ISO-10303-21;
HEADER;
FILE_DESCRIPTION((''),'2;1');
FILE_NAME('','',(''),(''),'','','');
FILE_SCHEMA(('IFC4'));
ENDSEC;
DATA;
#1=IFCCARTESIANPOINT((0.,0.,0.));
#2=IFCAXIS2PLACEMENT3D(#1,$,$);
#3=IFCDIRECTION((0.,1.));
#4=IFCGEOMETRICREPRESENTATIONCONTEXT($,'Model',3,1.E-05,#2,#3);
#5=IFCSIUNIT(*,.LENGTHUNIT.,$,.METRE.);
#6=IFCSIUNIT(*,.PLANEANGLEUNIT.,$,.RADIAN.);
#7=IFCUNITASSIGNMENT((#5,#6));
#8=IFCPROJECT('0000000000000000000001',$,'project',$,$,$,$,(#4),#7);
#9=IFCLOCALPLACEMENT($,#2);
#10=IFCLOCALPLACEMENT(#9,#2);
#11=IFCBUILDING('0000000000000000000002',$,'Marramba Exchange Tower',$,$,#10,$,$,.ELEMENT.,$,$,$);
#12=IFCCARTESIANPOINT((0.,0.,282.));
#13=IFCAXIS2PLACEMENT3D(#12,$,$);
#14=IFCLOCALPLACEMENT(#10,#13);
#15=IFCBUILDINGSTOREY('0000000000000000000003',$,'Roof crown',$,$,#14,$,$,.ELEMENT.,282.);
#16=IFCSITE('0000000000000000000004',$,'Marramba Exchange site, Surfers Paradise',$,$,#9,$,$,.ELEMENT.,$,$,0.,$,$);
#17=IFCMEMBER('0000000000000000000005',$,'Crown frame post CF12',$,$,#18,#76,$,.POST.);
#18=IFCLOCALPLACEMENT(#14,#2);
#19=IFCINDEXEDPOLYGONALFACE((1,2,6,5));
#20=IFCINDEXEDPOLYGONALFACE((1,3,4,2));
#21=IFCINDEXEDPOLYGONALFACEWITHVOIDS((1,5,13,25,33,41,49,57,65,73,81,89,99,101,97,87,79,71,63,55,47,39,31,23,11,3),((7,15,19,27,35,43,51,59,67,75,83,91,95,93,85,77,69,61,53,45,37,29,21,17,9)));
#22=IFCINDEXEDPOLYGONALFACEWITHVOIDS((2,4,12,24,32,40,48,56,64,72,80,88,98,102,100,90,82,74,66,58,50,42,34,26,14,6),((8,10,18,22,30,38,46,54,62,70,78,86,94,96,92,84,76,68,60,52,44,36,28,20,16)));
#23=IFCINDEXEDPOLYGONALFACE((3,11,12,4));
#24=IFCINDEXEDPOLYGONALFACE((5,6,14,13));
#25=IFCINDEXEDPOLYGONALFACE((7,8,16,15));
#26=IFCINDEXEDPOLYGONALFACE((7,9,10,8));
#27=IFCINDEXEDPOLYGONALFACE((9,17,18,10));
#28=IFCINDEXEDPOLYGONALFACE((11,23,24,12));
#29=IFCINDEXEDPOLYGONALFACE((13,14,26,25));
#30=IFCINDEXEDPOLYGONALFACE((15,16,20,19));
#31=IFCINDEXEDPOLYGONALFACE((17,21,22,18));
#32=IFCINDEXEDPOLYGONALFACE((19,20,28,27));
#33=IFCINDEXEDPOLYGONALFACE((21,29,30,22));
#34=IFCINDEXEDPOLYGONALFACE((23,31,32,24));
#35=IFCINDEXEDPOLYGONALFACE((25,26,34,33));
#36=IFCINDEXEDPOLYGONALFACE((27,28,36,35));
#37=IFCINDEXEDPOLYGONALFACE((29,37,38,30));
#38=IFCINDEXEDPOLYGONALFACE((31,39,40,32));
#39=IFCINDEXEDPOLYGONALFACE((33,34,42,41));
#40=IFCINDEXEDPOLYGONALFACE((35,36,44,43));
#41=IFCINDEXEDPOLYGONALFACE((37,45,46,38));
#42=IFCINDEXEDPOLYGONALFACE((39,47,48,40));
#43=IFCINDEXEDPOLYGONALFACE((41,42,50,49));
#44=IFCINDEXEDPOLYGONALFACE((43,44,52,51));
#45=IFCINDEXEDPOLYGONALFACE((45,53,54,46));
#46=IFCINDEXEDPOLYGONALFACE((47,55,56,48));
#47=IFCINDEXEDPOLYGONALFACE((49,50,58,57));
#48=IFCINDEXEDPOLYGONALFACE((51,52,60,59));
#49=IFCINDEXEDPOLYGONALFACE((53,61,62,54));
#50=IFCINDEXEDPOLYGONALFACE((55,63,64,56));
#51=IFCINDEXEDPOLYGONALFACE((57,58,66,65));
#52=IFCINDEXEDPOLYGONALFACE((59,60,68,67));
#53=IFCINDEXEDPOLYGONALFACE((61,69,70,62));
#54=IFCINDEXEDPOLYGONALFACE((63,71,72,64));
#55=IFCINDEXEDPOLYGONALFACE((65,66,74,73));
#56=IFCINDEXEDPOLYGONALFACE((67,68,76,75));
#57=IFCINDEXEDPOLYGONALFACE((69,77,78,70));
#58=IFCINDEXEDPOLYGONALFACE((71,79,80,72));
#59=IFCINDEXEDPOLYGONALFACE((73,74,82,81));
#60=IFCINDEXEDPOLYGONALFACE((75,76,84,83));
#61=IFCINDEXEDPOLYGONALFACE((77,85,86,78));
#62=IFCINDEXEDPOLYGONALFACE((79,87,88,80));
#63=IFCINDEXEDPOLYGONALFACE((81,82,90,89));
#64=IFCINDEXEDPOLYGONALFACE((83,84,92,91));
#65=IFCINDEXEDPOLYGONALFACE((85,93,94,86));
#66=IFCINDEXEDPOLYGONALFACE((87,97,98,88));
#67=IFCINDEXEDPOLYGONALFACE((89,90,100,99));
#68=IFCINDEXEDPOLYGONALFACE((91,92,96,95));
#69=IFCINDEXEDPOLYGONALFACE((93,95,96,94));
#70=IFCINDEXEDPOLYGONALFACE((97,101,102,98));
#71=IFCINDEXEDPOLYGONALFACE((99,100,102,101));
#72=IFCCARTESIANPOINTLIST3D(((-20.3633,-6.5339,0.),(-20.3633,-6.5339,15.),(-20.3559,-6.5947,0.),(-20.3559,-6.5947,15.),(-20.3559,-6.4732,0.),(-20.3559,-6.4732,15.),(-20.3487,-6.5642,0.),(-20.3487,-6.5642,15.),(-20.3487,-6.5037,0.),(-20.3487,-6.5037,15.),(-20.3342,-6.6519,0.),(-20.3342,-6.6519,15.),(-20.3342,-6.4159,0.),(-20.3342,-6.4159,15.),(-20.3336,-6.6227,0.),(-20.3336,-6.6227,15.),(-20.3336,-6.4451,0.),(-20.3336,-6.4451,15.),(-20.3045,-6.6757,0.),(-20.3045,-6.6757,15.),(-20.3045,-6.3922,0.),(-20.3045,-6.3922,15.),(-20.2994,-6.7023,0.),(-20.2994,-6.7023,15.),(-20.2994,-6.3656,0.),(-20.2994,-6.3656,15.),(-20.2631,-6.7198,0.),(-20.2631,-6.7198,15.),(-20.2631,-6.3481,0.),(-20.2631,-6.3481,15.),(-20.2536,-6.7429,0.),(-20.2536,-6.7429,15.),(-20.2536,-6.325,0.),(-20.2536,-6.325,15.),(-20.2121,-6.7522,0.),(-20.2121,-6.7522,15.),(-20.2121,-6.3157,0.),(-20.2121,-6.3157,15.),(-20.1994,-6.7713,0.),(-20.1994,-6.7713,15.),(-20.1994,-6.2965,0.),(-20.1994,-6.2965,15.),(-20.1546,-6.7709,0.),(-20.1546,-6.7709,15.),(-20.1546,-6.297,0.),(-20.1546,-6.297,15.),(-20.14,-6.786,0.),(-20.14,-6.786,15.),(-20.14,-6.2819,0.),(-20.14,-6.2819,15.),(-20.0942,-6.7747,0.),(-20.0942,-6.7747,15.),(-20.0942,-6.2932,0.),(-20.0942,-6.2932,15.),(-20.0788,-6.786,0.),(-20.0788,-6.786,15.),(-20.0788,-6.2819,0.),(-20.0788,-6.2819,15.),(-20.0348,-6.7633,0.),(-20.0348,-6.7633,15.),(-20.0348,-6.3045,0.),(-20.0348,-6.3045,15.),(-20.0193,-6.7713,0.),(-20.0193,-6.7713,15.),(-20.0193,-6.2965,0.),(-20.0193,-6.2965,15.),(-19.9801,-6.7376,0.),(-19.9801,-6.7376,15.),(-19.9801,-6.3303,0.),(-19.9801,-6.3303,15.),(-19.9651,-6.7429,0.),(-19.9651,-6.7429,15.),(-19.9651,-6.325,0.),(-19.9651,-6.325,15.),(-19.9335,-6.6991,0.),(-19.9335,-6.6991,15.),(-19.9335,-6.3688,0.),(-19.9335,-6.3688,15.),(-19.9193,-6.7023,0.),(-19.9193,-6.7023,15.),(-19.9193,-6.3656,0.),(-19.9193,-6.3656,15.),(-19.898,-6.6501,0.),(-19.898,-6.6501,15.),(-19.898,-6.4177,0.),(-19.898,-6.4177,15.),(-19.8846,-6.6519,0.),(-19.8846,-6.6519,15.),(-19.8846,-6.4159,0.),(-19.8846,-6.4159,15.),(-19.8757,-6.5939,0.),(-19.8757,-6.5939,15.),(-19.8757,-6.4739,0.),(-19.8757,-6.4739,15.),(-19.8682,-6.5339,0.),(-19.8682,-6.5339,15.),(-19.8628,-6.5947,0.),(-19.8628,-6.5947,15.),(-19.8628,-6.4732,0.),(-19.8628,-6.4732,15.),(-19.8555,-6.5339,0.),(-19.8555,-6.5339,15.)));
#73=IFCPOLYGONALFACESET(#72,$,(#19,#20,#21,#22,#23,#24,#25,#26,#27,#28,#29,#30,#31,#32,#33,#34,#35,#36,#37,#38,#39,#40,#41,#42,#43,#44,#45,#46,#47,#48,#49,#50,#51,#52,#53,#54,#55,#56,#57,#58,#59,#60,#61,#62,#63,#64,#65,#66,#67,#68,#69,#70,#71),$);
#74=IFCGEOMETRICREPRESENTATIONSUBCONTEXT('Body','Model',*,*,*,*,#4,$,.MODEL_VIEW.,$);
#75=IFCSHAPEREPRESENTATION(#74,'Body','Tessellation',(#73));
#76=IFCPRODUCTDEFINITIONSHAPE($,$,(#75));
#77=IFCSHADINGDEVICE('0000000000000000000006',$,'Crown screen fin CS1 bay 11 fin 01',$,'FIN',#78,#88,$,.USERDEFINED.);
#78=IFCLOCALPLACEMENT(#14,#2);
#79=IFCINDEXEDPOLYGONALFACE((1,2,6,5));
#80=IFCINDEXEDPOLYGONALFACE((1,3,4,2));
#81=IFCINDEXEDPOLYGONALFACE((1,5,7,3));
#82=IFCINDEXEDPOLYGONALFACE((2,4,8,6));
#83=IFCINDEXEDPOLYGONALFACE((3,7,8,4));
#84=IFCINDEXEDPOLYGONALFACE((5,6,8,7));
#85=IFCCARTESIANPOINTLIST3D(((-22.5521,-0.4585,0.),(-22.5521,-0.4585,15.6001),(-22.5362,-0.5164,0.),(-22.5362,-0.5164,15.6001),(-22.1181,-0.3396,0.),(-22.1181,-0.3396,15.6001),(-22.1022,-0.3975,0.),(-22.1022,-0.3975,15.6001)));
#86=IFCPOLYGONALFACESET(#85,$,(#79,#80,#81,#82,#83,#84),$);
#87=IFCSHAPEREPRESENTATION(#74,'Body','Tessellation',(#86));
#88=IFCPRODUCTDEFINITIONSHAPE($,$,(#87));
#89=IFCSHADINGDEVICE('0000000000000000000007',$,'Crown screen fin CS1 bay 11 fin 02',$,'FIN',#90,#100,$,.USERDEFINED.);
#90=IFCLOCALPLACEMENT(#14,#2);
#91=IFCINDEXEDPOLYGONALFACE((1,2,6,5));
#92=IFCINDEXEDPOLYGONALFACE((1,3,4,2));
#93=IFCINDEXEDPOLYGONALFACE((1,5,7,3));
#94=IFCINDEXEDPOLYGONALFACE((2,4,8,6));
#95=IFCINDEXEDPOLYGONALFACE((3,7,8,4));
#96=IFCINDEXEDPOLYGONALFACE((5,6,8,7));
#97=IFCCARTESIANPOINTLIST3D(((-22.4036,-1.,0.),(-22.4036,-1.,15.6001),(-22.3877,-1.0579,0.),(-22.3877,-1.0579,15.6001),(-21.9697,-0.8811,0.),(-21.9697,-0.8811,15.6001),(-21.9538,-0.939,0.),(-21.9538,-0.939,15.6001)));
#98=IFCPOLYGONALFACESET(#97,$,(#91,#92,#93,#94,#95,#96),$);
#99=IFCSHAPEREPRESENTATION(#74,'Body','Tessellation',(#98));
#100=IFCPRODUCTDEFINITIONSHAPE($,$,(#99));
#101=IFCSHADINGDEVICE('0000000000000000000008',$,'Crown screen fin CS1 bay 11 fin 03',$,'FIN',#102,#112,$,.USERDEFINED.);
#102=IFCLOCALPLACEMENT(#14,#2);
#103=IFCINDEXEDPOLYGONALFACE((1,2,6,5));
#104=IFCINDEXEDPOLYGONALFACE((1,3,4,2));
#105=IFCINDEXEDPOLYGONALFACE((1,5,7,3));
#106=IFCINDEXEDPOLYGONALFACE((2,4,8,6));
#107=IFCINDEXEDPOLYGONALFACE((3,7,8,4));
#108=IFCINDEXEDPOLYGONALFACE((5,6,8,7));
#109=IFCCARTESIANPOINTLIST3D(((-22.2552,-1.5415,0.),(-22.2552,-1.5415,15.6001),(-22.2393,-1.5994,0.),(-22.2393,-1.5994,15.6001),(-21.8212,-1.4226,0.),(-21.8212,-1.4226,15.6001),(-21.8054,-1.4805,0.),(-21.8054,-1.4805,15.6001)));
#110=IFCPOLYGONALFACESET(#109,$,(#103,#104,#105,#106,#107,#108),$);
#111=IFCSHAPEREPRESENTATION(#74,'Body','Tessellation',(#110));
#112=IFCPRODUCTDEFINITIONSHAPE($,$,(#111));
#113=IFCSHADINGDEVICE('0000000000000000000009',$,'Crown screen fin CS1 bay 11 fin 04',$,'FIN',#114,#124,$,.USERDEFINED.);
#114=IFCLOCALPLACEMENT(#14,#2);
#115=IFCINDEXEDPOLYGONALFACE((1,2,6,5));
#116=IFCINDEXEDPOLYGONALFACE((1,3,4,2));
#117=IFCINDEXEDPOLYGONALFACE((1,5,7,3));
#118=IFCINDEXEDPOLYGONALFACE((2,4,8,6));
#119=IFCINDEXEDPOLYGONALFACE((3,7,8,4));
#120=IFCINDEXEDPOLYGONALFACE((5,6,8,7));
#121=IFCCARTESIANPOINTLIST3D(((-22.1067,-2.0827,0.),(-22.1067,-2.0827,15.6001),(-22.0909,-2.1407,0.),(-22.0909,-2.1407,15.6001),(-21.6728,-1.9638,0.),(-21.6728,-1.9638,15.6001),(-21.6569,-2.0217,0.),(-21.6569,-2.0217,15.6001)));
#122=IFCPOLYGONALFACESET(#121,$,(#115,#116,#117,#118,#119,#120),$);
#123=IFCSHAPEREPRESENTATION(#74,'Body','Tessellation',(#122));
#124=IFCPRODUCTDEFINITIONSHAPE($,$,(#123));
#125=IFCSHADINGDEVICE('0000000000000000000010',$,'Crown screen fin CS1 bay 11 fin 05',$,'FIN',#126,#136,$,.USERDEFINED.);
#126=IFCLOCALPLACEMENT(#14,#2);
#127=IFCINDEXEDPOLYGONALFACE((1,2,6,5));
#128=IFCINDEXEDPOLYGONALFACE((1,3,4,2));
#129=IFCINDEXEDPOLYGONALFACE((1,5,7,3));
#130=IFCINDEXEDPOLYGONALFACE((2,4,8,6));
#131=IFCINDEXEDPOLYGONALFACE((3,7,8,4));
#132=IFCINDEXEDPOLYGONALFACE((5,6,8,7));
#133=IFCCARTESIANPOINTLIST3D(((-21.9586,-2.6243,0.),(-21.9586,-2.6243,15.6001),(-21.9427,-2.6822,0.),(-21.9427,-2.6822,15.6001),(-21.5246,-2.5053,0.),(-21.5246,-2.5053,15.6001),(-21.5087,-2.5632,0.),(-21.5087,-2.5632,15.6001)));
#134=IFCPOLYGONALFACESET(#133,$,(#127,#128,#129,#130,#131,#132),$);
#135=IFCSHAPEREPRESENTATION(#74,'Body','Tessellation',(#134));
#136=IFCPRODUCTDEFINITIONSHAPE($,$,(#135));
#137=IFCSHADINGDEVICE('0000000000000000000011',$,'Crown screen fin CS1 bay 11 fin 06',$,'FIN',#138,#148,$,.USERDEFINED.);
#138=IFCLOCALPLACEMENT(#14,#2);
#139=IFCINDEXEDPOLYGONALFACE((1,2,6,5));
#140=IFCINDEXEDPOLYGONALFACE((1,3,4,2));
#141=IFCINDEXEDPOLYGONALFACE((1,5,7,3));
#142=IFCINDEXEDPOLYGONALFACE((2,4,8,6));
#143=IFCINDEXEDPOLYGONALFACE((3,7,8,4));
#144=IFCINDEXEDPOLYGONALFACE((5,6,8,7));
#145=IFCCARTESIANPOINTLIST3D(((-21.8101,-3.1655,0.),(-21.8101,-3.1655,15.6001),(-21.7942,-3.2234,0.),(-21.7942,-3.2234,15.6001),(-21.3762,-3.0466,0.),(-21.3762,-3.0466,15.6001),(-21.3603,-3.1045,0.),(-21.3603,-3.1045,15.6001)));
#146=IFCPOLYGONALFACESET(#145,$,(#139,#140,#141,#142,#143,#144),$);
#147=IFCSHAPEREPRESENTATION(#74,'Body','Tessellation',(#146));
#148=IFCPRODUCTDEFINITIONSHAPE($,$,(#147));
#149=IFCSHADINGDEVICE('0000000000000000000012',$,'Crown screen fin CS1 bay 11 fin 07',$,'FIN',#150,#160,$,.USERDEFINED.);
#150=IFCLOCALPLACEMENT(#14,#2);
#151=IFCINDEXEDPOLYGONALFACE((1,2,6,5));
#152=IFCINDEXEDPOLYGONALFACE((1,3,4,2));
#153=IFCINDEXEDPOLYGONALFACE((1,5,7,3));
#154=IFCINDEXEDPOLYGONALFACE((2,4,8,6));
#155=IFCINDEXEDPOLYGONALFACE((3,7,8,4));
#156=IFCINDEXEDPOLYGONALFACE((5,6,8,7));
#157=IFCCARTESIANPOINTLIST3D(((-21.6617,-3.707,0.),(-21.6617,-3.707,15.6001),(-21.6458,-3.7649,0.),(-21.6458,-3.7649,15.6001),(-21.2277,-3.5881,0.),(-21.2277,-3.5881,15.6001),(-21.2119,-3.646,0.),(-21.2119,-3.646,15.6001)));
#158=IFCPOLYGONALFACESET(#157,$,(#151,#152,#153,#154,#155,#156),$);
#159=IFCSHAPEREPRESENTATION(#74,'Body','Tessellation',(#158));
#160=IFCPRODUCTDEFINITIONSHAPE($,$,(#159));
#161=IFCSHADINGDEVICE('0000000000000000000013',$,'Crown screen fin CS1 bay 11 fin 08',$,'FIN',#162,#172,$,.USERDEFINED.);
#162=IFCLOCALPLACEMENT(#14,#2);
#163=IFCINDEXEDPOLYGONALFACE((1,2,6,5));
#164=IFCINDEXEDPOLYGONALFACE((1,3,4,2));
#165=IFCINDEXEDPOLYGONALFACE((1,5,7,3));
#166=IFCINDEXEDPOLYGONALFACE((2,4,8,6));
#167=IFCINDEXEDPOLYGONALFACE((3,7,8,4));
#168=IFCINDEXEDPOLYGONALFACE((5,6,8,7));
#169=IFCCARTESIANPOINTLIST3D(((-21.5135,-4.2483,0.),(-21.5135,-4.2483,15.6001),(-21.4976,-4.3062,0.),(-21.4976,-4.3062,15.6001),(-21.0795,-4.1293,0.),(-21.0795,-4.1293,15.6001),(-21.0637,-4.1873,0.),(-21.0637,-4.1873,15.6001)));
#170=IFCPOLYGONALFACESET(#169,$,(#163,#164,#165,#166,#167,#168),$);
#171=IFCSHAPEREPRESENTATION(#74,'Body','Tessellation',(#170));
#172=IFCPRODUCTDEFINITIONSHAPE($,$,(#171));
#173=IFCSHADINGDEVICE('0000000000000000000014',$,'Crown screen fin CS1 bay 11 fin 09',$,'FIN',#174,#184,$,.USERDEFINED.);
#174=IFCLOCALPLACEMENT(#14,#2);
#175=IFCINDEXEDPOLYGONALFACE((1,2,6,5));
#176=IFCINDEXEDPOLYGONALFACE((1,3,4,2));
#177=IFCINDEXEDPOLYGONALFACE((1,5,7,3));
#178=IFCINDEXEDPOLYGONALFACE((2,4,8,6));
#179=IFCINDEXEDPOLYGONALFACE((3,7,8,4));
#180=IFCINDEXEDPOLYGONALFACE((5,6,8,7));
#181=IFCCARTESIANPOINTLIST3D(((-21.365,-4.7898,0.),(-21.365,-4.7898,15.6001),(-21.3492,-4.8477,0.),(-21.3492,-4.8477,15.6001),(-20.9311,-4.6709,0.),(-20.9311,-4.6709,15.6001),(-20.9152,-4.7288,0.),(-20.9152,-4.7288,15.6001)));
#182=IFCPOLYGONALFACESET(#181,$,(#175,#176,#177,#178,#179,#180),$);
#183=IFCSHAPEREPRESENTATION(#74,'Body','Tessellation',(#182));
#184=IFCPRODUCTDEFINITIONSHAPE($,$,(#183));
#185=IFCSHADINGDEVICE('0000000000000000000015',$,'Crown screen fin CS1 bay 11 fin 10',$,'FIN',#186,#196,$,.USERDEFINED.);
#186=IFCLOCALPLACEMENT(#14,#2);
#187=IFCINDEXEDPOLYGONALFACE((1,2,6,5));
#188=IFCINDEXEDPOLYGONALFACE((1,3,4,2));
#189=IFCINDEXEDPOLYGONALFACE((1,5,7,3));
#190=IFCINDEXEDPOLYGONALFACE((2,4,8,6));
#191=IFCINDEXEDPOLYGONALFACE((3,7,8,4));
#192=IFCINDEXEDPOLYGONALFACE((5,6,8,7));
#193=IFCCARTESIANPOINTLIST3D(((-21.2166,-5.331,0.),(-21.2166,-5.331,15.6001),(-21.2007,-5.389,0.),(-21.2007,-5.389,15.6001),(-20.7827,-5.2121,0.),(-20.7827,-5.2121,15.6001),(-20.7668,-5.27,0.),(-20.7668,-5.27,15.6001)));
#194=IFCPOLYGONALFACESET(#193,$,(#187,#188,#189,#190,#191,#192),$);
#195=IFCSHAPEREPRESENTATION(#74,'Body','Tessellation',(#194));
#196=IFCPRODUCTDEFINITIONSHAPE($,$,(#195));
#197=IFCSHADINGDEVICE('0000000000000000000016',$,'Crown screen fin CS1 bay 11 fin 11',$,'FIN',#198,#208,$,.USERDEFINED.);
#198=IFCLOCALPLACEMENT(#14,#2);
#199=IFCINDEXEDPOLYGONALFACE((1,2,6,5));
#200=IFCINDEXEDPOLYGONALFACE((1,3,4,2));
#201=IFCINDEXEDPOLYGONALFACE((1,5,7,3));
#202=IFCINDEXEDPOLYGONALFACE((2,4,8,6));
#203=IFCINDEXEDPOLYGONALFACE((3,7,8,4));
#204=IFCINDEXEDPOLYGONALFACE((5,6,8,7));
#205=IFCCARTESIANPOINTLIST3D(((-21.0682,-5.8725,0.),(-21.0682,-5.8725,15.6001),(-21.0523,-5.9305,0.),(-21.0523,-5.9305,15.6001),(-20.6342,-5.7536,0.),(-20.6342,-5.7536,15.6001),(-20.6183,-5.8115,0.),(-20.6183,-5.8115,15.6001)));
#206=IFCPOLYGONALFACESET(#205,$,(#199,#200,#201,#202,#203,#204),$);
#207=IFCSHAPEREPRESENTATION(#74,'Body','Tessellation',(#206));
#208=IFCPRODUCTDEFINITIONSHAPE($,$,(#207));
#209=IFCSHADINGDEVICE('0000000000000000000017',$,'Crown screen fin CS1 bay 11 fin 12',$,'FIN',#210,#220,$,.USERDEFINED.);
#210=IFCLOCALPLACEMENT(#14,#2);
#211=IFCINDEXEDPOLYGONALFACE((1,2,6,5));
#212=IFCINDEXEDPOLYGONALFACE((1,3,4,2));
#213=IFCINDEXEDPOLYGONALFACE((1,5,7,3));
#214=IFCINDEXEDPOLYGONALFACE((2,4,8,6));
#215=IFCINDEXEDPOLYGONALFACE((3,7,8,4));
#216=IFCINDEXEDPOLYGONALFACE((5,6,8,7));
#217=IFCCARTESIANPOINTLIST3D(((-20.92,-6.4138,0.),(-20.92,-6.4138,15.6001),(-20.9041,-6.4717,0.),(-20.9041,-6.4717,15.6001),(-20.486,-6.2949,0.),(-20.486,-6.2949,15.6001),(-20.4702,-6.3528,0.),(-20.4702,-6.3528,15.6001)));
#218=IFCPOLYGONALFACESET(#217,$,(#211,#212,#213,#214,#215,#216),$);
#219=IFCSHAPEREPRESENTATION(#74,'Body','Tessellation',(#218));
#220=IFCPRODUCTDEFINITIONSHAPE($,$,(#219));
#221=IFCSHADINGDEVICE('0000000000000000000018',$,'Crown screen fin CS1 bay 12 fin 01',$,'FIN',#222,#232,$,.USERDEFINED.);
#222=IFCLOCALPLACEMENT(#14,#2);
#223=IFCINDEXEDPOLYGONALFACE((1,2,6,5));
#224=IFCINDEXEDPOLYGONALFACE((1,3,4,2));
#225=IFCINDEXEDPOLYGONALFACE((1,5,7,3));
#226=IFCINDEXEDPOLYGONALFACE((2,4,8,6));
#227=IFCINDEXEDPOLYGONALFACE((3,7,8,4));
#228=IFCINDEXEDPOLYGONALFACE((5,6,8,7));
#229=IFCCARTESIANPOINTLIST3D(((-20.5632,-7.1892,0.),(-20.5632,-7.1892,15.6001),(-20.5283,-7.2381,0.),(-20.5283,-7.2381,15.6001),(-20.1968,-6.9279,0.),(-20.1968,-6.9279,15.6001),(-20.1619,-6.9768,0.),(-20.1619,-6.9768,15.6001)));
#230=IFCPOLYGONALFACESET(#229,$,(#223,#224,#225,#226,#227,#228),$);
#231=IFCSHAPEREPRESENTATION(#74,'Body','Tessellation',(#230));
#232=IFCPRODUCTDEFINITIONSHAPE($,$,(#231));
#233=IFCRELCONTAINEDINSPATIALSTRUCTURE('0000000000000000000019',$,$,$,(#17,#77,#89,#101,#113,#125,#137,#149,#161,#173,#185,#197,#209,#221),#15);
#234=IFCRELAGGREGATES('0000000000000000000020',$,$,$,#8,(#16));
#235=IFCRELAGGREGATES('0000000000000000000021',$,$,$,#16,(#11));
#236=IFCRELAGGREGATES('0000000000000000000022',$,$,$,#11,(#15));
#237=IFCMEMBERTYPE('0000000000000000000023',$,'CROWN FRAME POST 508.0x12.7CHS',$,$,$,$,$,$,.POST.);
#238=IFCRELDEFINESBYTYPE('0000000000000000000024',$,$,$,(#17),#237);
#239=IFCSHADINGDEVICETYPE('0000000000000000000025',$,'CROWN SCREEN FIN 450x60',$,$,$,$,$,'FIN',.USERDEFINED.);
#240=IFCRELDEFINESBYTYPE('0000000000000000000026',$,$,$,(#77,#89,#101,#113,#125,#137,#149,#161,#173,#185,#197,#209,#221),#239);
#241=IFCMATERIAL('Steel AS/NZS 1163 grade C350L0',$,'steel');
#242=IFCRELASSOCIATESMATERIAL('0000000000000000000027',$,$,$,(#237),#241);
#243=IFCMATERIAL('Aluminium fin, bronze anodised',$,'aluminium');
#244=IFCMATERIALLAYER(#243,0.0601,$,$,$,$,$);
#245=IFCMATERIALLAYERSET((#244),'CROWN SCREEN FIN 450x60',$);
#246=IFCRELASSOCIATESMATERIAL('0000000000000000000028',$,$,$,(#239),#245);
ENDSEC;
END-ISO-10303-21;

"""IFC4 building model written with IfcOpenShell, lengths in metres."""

from ifc_helpers import new_model, si_unit, direction, frame, origin, origin_2d, place, context, subcontext, project, spatial, rectangle, hollow_circle, extrude, material, layer, layer_set, material_profile, profile_set, type_object, element, save


model = new_model("IFC4")

# Units and contexts
model_context = context("Model", 3, precision=1e-05, world=origin(), true_north=direction((0.0, 1.0)))
body_context = subcontext(model_context, "Body", "Model", "MODEL_VIEW")
ifc_project = project(units=[si_unit("LENGTHUNIT", "METRE"), si_unit("PLANEANGLEUNIT", "RADIAN")], contexts=[model_context])

# Site, building, storey
site_placement = place(None, origin())
site = spatial("IfcSite", under=ifc_project, at=site_placement, Name="Marramba Exchange site, Surfers Paradise", CompositionType="ELEMENT", RefElevation=0.0)
building_placement = place(site_placement, origin())
building = spatial("IfcBuilding", under=site, at=building_placement, Name="Marramba Exchange Tower", CompositionType="ELEMENT")
storey_placement = place(building_placement, frame((0.0, 0.0, 282.0)))
storey = spatial("IfcBuildingStorey", under=building, at=storey_placement, Name="Roof crown", CompositionType="ELEMENT", Elevation=282.0)

# Member
ifc_material_1 = material(Name="Steel AS/NZS 1163 grade C350L0", Category="steel")
ifc_material_profile = material_profile(ifc_material_1, hollow_circle(Radius=0.2539, WallThickness=0.0127, at=origin_2d()), Name="508.0x12.7CHS")
ifc_profile_set = profile_set([ifc_material_profile], Name="Steel AS/NZS 1163 grade C350L0")
member_type = type_object("IfcMemberType", Name="CROWN FRAME POST 508.0x12.7CHS", PredefinedType="POST", material=ifc_profile_set)
member_placement = place(storey_placement, frame((-20.1094, -6.5339, 0.0), z_axis=(0.0, 0.0, 1.0), x_axis=(1.0, 0.0, 0.0)))
element("IfcMember", 1, at=member_placement, inside=storey, type_object=member_type, Name="Crown frame post CF12", PredefinedType="POST", context=body_context, shape_type="SweptSolid", body=[
    extrude(hollow_circle(Radius=0.2539, WallThickness=0.0127, at=origin_2d()), origin(), (0.0, 0.0, 1.0), 15.0),
])

# Shading devices
ifc_material_2 = material(Name="Aluminium fin, bronze anodised", Category="aluminium")
ifc_layer_1 = layer(ifc_material_2, 0.0601)
ifc_layer_set_1 = layer_set([ifc_layer_1], Name="CROWN SCREEN FIN 450x60")
shading_device_type = type_object("IfcShadingDeviceType", Name="CROWN SCREEN FIN 450x60", ElementType="FIN", PredefinedType="USERDEFINED", material=ifc_layer_set_1)
for number, where, z_axis, x_axis, name in (
    (2, (-22.3271, -0.428, 0.0), (0.0, 0.0, 1.0), (-0.964439, -0.264304, 0.0), "Crown screen fin CS1 bay 11 fin 01"),
    (3, (-22.1787, -0.9695, 0.0), (0.0, 0.0, 1.0), (-0.964439, -0.264304, 0.0), "Crown screen fin CS1 bay 11 fin 02"),
    (4, (-22.0303, -1.511, 0.0), (0.0, 0.0, 1.0), (-0.964439, -0.264304, 0.0), "Crown screen fin CS1 bay 11 fin 03"),
    (5, (-21.8818, -2.0522, 0.0), (0.0, 0.0, 1.0), (-0.964439, -0.264304, 0.0), "Crown screen fin CS1 bay 11 fin 04"),
    (6, (-21.7336, -2.5938, 0.0), (0.0, 0.0, 1.0), (-0.964439, -0.264304, 0.0), "Crown screen fin CS1 bay 11 fin 05"),
    (7, (-21.5852, -3.135, 0.0), (0.0, 0.0, 1.0), (-0.964439, -0.264304, 0.0), "Crown screen fin CS1 bay 11 fin 06"),
    (8, (-21.4368, -3.6765, 0.0), (0.0, 0.0, 1.0), (-0.964439, -0.264304, 0.0), "Crown screen fin CS1 bay 11 fin 07"),
    (9, (-21.2886, -4.2178, 0.0), (0.0, 0.0, 1.0), (-0.964439, -0.264304, 0.0), "Crown screen fin CS1 bay 11 fin 08"),
    (10, (-21.1401, -4.7593, 0.0), (0.0, 0.0, 1.0), (-0.964439, -0.264304, 0.0), "Crown screen fin CS1 bay 11 fin 09"),
    (11, (-20.9917, -5.3005, 0.0), (0.0, 0.0, 1.0), (-0.964439, -0.264304, 0.0), "Crown screen fin CS1 bay 11 fin 10"),
    (12, (-20.8433, -5.842, 0.0), (0.0, 0.0, 1.0), (-0.964439, -0.264304, 0.0), "Crown screen fin CS1 bay 11 fin 11"),
    (13, (-20.6951, -6.3833, 0.0), (0.0, 0.0, 1.0), (-0.964439, -0.264304, 0.0), "Crown screen fin CS1 bay 11 fin 12"),
    (14, (-20.3625, -7.083, 0.0), (0.0, 0.0, 1.0), (-0.81416, -0.58064, 0.0), "Crown screen fin CS1 bay 12 fin 01"),
):
    element("IfcShadingDevice", number, at=place(storey_placement, frame(where, z_axis=z_axis, x_axis=x_axis)), inside=storey, type_object=shading_device_type, Name=name, ObjectType="FIN", PredefinedType="USERDEFINED", context=body_context, shape_type="SweptSolid", body=[
        extrude(rectangle(XDim=0.45, YDim=0.0601, at=origin_2d()), origin(), (0.0, 0.0, 1.0), 15.6001),
    ])

save(model, "model.ifc")
